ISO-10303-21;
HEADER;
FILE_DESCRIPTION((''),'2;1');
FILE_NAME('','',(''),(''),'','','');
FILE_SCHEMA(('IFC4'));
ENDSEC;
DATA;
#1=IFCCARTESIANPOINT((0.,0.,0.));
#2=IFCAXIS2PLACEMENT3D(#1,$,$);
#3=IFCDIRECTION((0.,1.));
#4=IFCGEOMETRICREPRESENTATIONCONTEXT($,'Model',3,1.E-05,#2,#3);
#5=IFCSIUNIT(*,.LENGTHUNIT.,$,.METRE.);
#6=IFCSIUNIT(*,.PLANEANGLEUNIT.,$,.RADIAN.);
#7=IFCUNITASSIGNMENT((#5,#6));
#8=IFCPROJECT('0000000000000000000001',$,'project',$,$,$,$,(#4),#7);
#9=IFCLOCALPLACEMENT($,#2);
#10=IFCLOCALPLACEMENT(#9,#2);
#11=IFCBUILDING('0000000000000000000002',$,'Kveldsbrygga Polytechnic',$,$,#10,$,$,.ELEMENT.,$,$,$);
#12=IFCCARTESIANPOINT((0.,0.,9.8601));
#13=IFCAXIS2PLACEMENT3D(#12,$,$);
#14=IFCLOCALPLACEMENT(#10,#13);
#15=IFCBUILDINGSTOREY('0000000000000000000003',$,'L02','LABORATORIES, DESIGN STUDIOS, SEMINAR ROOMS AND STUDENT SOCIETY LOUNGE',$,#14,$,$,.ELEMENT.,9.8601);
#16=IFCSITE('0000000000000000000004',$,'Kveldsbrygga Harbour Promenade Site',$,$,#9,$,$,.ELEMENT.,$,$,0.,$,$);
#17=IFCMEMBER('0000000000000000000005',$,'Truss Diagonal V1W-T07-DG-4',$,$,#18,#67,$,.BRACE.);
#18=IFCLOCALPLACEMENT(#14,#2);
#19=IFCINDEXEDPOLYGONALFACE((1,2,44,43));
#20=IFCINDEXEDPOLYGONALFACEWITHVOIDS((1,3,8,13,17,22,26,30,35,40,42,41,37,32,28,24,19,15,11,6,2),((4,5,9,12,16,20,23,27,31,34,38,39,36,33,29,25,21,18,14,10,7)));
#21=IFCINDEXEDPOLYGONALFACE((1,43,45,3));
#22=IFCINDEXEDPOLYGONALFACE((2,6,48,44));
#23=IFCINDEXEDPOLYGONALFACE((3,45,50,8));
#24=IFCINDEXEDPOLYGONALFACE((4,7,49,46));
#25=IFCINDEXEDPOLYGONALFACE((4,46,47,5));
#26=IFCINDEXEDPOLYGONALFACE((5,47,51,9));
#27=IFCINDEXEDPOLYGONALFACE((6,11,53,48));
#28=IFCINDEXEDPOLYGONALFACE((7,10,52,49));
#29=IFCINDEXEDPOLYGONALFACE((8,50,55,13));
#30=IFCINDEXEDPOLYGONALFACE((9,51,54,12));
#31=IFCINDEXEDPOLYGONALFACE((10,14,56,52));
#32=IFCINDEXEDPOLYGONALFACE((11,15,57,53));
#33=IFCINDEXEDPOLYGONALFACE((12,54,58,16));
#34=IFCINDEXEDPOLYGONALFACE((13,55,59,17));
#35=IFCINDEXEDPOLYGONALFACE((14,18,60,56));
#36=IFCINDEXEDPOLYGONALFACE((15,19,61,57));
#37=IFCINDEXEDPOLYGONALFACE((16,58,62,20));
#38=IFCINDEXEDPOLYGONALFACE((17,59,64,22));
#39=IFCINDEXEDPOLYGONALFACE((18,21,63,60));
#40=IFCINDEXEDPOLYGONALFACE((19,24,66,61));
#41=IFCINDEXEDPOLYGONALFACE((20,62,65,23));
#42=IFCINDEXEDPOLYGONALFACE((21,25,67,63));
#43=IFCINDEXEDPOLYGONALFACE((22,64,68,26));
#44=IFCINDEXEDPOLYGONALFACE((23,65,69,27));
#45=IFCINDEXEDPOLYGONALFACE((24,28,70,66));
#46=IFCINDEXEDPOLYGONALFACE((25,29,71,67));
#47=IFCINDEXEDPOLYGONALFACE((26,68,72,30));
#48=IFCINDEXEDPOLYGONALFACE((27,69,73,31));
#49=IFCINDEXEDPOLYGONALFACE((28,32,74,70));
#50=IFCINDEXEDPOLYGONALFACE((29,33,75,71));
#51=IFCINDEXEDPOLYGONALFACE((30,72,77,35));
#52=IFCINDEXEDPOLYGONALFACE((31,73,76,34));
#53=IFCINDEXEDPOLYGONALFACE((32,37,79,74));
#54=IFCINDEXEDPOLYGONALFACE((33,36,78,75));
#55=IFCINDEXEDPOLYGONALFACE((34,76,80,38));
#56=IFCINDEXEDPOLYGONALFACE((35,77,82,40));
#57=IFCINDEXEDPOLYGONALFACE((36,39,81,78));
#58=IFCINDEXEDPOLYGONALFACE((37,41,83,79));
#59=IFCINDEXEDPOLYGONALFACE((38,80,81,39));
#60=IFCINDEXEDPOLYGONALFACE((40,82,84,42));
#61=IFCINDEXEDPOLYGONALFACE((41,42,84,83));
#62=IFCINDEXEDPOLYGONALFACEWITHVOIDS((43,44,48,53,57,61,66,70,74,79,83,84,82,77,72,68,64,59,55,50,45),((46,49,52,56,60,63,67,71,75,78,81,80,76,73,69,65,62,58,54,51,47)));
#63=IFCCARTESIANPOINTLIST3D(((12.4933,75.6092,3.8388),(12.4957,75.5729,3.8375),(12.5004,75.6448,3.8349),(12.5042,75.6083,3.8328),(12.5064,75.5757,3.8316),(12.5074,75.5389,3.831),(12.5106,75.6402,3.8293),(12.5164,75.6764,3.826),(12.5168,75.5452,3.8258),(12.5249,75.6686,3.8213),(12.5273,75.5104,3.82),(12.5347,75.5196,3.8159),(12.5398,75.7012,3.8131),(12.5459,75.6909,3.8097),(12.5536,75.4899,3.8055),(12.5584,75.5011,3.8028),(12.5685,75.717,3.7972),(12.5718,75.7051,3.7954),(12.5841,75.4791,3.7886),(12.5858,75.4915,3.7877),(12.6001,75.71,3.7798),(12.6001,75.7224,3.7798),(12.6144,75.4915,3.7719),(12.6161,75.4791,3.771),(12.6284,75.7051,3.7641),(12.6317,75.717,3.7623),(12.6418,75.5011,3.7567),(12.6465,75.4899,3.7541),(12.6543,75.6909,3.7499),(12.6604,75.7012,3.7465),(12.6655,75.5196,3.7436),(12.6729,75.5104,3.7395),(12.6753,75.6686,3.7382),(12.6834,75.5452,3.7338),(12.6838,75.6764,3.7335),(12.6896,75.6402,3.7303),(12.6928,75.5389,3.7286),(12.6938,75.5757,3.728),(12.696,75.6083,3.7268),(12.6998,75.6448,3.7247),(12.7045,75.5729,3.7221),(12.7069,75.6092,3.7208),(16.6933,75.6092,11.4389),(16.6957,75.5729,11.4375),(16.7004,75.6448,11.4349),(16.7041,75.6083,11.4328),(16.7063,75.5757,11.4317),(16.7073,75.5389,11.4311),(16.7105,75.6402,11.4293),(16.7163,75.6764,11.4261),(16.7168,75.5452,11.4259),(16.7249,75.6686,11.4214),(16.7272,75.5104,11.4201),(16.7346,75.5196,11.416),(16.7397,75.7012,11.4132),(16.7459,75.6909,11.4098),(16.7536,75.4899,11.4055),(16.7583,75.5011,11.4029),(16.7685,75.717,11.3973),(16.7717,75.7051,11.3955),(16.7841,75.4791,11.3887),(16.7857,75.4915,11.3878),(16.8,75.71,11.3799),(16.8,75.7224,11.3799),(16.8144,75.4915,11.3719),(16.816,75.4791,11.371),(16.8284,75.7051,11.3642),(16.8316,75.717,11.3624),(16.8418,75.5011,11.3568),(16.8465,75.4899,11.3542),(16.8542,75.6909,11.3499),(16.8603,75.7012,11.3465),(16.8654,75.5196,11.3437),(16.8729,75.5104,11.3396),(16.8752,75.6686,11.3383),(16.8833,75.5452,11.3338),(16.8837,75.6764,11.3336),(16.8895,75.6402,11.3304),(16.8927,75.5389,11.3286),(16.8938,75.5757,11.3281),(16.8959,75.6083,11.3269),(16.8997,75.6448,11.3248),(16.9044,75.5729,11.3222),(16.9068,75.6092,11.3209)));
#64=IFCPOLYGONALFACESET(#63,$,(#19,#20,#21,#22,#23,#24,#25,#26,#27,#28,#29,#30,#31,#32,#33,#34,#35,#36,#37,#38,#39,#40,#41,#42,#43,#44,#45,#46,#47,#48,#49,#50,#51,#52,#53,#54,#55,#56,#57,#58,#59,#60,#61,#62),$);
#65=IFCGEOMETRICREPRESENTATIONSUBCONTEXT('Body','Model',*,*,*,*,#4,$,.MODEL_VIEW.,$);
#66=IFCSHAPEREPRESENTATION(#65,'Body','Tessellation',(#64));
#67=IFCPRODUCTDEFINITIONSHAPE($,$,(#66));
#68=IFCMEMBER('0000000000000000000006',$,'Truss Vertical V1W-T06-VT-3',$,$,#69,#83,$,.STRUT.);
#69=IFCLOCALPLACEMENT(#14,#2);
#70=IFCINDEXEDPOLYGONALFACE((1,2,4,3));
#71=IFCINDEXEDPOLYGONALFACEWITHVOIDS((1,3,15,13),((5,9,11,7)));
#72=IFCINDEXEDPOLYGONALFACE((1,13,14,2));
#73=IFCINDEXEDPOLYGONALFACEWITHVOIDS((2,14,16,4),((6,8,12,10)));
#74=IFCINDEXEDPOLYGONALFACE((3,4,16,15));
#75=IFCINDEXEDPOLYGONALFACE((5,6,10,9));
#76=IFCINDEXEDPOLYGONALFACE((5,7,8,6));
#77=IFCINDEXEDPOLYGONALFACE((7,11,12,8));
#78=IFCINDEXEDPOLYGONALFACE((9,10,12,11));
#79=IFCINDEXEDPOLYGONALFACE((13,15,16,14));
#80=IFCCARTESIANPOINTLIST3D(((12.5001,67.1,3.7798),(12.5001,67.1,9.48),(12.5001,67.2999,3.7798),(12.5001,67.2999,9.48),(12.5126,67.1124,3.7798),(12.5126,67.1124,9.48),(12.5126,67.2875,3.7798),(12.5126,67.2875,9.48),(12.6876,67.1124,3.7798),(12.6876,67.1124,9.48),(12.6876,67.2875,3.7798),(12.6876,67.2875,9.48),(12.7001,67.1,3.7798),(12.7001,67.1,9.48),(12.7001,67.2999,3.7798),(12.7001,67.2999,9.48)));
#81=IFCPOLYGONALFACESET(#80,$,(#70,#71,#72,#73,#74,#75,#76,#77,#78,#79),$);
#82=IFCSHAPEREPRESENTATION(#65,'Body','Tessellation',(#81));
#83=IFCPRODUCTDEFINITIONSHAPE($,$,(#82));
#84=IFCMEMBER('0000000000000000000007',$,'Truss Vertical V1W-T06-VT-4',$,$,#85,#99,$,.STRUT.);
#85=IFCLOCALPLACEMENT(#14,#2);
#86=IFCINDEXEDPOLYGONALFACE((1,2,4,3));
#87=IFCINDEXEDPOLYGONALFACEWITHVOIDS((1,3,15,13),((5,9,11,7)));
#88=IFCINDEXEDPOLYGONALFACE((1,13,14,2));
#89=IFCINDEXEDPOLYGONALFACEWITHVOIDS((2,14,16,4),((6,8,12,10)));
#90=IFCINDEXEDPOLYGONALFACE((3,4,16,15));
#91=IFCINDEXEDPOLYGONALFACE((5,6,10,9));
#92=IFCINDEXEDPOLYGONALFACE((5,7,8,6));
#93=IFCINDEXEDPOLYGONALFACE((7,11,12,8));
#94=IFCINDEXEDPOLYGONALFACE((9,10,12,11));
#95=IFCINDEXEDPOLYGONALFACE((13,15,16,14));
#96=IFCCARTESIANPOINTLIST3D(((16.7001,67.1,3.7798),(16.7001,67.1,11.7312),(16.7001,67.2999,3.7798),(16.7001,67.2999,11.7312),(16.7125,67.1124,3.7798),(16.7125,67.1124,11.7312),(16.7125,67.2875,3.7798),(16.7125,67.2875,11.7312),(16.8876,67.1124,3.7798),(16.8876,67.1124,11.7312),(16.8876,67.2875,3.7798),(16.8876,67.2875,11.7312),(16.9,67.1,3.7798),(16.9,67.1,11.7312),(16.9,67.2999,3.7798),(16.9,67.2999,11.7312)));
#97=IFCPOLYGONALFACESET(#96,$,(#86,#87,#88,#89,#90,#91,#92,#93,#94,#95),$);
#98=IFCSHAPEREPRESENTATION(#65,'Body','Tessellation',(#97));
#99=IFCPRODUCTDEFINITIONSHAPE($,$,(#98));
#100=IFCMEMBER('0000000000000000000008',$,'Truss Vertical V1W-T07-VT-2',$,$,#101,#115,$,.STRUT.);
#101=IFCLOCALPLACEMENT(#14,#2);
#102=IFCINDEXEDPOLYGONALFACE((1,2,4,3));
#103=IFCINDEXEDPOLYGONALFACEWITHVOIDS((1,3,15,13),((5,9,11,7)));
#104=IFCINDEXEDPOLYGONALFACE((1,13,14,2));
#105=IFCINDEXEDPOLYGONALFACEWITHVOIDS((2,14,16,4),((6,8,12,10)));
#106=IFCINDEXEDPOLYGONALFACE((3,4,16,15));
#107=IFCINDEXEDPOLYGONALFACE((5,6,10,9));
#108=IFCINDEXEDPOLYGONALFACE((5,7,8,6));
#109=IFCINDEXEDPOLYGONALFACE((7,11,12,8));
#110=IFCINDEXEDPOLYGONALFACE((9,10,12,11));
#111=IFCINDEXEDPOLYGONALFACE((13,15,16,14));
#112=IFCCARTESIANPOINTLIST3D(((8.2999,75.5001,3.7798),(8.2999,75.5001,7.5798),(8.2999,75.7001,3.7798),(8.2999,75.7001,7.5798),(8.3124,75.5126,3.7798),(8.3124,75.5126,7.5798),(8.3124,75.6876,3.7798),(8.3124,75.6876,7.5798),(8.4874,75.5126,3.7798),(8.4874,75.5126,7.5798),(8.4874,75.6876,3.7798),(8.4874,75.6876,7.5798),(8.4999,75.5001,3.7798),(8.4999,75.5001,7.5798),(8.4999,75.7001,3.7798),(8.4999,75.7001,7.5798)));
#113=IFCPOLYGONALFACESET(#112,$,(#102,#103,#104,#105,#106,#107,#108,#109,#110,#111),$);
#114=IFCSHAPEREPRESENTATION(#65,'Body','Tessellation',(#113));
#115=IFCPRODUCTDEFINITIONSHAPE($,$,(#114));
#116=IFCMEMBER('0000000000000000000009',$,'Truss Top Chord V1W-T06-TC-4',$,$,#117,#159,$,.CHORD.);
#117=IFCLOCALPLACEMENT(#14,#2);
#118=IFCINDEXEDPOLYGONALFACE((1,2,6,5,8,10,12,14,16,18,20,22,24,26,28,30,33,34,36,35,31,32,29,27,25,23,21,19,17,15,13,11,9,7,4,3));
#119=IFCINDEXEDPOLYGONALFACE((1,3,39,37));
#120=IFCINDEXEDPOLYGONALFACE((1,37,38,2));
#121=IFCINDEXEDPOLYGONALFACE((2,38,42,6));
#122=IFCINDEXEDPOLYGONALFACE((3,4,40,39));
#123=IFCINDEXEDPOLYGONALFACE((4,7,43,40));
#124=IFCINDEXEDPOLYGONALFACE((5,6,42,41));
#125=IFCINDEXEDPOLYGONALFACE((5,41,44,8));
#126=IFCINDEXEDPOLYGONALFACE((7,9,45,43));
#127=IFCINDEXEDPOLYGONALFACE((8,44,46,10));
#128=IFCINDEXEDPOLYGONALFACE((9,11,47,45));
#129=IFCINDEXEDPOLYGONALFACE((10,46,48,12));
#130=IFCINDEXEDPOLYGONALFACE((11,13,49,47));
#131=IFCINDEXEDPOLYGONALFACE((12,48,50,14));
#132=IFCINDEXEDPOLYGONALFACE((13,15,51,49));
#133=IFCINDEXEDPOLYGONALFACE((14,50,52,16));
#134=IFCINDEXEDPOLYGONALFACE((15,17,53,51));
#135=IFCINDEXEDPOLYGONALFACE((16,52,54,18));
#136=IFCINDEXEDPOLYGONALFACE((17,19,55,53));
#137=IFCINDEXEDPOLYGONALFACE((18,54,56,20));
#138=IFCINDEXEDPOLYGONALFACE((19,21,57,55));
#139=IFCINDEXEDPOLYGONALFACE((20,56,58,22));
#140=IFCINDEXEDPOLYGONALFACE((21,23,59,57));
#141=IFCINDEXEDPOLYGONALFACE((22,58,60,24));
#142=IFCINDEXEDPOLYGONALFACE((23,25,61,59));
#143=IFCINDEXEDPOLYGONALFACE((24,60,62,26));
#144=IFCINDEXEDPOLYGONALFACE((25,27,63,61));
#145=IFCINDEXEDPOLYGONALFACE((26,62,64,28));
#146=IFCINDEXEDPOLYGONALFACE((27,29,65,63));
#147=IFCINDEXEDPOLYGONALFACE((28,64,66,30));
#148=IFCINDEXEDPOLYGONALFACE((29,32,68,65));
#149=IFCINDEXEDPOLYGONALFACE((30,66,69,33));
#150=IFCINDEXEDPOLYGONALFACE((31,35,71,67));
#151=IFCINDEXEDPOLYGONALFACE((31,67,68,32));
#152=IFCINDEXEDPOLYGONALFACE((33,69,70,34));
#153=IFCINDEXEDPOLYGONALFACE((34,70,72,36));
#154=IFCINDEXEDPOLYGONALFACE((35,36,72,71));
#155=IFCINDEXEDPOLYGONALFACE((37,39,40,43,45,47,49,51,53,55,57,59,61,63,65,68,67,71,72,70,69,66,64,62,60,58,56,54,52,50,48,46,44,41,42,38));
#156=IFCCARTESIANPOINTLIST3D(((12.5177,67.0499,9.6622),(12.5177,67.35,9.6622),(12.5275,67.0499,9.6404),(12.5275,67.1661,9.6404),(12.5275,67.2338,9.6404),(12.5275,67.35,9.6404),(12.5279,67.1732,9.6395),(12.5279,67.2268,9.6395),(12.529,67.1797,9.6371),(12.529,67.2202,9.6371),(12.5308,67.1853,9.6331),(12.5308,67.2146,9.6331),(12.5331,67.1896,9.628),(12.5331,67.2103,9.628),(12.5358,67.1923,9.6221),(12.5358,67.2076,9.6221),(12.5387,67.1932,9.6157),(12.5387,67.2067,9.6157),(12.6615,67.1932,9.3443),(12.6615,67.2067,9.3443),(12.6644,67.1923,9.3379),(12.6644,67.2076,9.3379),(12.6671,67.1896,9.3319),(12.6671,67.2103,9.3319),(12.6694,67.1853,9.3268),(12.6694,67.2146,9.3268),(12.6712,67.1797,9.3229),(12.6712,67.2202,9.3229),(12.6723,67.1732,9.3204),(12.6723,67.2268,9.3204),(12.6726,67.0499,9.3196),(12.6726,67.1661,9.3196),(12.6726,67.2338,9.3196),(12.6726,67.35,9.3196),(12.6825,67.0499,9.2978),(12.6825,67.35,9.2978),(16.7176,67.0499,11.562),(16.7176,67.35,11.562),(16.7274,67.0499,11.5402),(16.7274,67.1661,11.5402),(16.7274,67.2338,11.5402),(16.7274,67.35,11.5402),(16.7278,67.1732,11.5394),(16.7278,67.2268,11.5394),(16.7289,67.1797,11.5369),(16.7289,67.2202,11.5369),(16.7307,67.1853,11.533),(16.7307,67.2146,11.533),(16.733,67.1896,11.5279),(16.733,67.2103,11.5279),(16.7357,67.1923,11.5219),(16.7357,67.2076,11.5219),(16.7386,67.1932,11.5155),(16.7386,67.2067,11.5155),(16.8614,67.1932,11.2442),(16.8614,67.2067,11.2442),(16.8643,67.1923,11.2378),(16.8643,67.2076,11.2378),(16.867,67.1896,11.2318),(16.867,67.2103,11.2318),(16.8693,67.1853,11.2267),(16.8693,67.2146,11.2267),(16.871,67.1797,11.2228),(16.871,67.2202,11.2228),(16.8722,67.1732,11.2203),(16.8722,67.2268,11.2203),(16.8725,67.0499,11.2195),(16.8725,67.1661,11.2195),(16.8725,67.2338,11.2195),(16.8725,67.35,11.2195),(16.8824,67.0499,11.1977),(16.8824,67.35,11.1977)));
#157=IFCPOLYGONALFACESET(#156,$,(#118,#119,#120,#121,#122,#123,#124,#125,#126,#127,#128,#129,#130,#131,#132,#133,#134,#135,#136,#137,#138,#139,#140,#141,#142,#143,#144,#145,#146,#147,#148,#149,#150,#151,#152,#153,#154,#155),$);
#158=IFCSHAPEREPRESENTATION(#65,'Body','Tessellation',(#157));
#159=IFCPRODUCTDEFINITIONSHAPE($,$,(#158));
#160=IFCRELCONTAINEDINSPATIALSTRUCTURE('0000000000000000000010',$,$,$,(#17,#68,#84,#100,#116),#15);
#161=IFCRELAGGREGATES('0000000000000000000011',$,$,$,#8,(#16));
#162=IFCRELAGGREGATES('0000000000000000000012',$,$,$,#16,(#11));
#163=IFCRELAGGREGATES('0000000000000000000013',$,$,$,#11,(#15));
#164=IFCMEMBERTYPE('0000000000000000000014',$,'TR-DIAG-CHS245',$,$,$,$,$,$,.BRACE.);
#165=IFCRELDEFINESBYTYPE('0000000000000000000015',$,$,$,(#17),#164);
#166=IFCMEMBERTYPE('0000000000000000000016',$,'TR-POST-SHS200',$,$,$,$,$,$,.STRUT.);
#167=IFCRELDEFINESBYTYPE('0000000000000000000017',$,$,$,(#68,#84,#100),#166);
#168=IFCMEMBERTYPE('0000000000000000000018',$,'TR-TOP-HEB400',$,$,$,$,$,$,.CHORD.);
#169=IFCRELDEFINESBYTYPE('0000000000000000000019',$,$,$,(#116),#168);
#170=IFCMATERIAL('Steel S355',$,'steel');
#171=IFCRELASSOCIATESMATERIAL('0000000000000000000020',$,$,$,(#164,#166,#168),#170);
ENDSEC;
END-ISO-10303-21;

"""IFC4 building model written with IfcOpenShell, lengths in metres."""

from ifc_helpers import new_model, si_unit, direction, frame, origin, origin_2d, place, context, subcontext, project, spatial, hollow_rectangle, hollow_circle, i_section, extrude, material, material_profile, profile_set, type_object, element, save


model = new_model("IFC4")

# Units and contexts
model_context = context("Model", 3, precision=1e-05, world=origin(), true_north=direction((0.0, 1.0)))
body_context = subcontext(model_context, "Body", "Model", "MODEL_VIEW")
ifc_project = project(units=[si_unit("LENGTHUNIT", "METRE"), si_unit("PLANEANGLEUNIT", "RADIAN")], contexts=[model_context])

# Site, building, storey
site_placement = place(None, origin())
site = spatial("IfcSite", under=ifc_project, at=site_placement, Name="Kveldsbrygga Harbour Promenade Site", CompositionType="ELEMENT", RefElevation=0.0)
building_placement = place(site_placement, origin())
building = spatial("IfcBuilding", under=site, at=building_placement, Name="Kveldsbrygga Polytechnic", CompositionType="ELEMENT")
storey_placement = place(building_placement, frame((0.0, 0.0, 9.8601)))
storey = spatial("IfcBuildingStorey", under=building, at=storey_placement, Name="L02", Description="LABORATORIES, DESIGN STUDIOS, SEMINAR ROOMS AND STUDENT SOCIETY LOUNGE", CompositionType="ELEMENT", Elevation=9.8601)

# Members
ifc_material_1 = material(Name="Steel S355", Category="steel")
ifc_material_profile_1 = material_profile(ifc_material_1, hollow_circle(Radius=0.1223, WallThickness=0.0125, at=origin_2d()), Name="CHS 244.5x12.5")
ifc_profile_set_1 = profile_set([ifc_material_profile_1], Name="Steel S355")
member_type_1 = type_object("IfcMemberType", Name="TR-DIAG-CHS245", PredefinedType="BRACE", material=ifc_profile_set_1)
member_1_placement = place(storey_placement, frame((12.6001, 75.6001, 3.7798), z_axis=(0.483677, 0.0, 0.875247), x_axis=(0.0, 1.0, 0.0)))
element("IfcMember", 1, at=member_1_placement, inside=storey, type_object=member_type_1, Name="Truss Diagonal V1W-T07-DG-4", PredefinedType="BRACE", context=body_context, shape_type="SweptSolid", body=[
    extrude(hollow_circle(Radius=0.1223, WallThickness=0.0125, at=origin_2d()), origin(), (0.0, 0.0, 1.0), 8.6833),
])
ifc_material_profile_2 = material_profile(ifc_material_1, hollow_rectangle(XDim=0.2, YDim=0.2, WallThickness=0.0125, at=origin_2d()), Name="SHS 200x200x12.5")
ifc_profile_set_2 = profile_set([ifc_material_profile_2], Name="Steel S355")
member_type_2 = type_object("IfcMemberType", Name="TR-POST-SHS200", PredefinedType="STRUT", material=ifc_profile_set_2)
member_2_placement = place(storey_placement, frame((12.6001, 67.2, 3.7798), z_axis=(0.0, 0.0, 1.0), x_axis=(1.0, 0.0, 0.0)))
element("IfcMember", 2, at=member_2_placement, inside=storey, type_object=member_type_2, Name="Truss Vertical V1W-T06-VT-3", PredefinedType="STRUT", context=body_context, shape_type="SweptSolid", body=[
    extrude(hollow_rectangle(XDim=0.2, YDim=0.2, WallThickness=0.0125, at=origin_2d()), origin(), (0.0, 0.0, 1.0), 5.7002),
])
member_3_placement = place(storey_placement, frame((16.8, 67.2, 3.7798), z_axis=(0.0, 0.0, 1.0), x_axis=(1.0, 0.0, 0.0)))
element("IfcMember", 3, at=member_3_placement, inside=storey, type_object=member_type_2, Name="Truss Vertical V1W-T06-VT-4", PredefinedType="STRUT", context=body_context, shape_type="SweptSolid", body=[
    extrude(hollow_rectangle(XDim=0.2, YDim=0.2, WallThickness=0.0125, at=origin_2d()), origin(), (0.0, 0.0, 1.0), 7.9514),
])
member_4_placement = place(storey_placement, frame((8.3999, 75.6001, 3.7798), z_axis=(0.0, 0.0, 1.0), x_axis=(1.0, 0.0, 0.0)))
element("IfcMember", 4, at=member_4_placement, inside=storey, type_object=member_type_2, Name="Truss Vertical V1W-T07-VT-2", PredefinedType="STRUT", context=body_context, shape_type="SweptSolid", body=[
    extrude(hollow_rectangle(XDim=0.2, YDim=0.2, WallThickness=0.0125, at=origin_2d()), origin(), (0.0, 0.0, 1.0), 3.8),
])
ifc_material_profile_3 = material_profile(ifc_material_1, i_section(OverallWidth=0.3, OverallDepth=0.3999, WebThickness=0.0134, FlangeThickness=0.0239, FilletRadius=0.0271, at=origin_2d()), Name="HEB 400")
ifc_profile_set_3 = profile_set([ifc_material_profile_3], Name="Steel S355")
member_type_3 = type_object("IfcMemberType", Name="TR-TOP-HEB400", PredefinedType="CHORD", material=ifc_profile_set_3)
for number, where, z_axis, x_axis, name in (
    (5, (12.6001, 67.2, 9.48), (0.911114, 0.0, 0.412154), (0.0, 1.0, 0.0), "Truss Top Chord V1W-T06-TC-4"),
):
    element("IfcMember", number, at=place(storey_placement, frame(where, z_axis=z_axis, x_axis=x_axis)), inside=storey, type_object=member_type_3, Name=name, PredefinedType="CHORD", context=body_context, shape_type="SweptSolid", body=[
        extrude(i_section(OverallWidth=0.3, OverallDepth=0.3999, WebThickness=0.0134, FlangeThickness=0.0239, FilletRadius=0.0271, at=origin_2d()), origin(), (0.0, 0.0, 1.0), 4.6096),
    ])

save(model, "model.ifc")
